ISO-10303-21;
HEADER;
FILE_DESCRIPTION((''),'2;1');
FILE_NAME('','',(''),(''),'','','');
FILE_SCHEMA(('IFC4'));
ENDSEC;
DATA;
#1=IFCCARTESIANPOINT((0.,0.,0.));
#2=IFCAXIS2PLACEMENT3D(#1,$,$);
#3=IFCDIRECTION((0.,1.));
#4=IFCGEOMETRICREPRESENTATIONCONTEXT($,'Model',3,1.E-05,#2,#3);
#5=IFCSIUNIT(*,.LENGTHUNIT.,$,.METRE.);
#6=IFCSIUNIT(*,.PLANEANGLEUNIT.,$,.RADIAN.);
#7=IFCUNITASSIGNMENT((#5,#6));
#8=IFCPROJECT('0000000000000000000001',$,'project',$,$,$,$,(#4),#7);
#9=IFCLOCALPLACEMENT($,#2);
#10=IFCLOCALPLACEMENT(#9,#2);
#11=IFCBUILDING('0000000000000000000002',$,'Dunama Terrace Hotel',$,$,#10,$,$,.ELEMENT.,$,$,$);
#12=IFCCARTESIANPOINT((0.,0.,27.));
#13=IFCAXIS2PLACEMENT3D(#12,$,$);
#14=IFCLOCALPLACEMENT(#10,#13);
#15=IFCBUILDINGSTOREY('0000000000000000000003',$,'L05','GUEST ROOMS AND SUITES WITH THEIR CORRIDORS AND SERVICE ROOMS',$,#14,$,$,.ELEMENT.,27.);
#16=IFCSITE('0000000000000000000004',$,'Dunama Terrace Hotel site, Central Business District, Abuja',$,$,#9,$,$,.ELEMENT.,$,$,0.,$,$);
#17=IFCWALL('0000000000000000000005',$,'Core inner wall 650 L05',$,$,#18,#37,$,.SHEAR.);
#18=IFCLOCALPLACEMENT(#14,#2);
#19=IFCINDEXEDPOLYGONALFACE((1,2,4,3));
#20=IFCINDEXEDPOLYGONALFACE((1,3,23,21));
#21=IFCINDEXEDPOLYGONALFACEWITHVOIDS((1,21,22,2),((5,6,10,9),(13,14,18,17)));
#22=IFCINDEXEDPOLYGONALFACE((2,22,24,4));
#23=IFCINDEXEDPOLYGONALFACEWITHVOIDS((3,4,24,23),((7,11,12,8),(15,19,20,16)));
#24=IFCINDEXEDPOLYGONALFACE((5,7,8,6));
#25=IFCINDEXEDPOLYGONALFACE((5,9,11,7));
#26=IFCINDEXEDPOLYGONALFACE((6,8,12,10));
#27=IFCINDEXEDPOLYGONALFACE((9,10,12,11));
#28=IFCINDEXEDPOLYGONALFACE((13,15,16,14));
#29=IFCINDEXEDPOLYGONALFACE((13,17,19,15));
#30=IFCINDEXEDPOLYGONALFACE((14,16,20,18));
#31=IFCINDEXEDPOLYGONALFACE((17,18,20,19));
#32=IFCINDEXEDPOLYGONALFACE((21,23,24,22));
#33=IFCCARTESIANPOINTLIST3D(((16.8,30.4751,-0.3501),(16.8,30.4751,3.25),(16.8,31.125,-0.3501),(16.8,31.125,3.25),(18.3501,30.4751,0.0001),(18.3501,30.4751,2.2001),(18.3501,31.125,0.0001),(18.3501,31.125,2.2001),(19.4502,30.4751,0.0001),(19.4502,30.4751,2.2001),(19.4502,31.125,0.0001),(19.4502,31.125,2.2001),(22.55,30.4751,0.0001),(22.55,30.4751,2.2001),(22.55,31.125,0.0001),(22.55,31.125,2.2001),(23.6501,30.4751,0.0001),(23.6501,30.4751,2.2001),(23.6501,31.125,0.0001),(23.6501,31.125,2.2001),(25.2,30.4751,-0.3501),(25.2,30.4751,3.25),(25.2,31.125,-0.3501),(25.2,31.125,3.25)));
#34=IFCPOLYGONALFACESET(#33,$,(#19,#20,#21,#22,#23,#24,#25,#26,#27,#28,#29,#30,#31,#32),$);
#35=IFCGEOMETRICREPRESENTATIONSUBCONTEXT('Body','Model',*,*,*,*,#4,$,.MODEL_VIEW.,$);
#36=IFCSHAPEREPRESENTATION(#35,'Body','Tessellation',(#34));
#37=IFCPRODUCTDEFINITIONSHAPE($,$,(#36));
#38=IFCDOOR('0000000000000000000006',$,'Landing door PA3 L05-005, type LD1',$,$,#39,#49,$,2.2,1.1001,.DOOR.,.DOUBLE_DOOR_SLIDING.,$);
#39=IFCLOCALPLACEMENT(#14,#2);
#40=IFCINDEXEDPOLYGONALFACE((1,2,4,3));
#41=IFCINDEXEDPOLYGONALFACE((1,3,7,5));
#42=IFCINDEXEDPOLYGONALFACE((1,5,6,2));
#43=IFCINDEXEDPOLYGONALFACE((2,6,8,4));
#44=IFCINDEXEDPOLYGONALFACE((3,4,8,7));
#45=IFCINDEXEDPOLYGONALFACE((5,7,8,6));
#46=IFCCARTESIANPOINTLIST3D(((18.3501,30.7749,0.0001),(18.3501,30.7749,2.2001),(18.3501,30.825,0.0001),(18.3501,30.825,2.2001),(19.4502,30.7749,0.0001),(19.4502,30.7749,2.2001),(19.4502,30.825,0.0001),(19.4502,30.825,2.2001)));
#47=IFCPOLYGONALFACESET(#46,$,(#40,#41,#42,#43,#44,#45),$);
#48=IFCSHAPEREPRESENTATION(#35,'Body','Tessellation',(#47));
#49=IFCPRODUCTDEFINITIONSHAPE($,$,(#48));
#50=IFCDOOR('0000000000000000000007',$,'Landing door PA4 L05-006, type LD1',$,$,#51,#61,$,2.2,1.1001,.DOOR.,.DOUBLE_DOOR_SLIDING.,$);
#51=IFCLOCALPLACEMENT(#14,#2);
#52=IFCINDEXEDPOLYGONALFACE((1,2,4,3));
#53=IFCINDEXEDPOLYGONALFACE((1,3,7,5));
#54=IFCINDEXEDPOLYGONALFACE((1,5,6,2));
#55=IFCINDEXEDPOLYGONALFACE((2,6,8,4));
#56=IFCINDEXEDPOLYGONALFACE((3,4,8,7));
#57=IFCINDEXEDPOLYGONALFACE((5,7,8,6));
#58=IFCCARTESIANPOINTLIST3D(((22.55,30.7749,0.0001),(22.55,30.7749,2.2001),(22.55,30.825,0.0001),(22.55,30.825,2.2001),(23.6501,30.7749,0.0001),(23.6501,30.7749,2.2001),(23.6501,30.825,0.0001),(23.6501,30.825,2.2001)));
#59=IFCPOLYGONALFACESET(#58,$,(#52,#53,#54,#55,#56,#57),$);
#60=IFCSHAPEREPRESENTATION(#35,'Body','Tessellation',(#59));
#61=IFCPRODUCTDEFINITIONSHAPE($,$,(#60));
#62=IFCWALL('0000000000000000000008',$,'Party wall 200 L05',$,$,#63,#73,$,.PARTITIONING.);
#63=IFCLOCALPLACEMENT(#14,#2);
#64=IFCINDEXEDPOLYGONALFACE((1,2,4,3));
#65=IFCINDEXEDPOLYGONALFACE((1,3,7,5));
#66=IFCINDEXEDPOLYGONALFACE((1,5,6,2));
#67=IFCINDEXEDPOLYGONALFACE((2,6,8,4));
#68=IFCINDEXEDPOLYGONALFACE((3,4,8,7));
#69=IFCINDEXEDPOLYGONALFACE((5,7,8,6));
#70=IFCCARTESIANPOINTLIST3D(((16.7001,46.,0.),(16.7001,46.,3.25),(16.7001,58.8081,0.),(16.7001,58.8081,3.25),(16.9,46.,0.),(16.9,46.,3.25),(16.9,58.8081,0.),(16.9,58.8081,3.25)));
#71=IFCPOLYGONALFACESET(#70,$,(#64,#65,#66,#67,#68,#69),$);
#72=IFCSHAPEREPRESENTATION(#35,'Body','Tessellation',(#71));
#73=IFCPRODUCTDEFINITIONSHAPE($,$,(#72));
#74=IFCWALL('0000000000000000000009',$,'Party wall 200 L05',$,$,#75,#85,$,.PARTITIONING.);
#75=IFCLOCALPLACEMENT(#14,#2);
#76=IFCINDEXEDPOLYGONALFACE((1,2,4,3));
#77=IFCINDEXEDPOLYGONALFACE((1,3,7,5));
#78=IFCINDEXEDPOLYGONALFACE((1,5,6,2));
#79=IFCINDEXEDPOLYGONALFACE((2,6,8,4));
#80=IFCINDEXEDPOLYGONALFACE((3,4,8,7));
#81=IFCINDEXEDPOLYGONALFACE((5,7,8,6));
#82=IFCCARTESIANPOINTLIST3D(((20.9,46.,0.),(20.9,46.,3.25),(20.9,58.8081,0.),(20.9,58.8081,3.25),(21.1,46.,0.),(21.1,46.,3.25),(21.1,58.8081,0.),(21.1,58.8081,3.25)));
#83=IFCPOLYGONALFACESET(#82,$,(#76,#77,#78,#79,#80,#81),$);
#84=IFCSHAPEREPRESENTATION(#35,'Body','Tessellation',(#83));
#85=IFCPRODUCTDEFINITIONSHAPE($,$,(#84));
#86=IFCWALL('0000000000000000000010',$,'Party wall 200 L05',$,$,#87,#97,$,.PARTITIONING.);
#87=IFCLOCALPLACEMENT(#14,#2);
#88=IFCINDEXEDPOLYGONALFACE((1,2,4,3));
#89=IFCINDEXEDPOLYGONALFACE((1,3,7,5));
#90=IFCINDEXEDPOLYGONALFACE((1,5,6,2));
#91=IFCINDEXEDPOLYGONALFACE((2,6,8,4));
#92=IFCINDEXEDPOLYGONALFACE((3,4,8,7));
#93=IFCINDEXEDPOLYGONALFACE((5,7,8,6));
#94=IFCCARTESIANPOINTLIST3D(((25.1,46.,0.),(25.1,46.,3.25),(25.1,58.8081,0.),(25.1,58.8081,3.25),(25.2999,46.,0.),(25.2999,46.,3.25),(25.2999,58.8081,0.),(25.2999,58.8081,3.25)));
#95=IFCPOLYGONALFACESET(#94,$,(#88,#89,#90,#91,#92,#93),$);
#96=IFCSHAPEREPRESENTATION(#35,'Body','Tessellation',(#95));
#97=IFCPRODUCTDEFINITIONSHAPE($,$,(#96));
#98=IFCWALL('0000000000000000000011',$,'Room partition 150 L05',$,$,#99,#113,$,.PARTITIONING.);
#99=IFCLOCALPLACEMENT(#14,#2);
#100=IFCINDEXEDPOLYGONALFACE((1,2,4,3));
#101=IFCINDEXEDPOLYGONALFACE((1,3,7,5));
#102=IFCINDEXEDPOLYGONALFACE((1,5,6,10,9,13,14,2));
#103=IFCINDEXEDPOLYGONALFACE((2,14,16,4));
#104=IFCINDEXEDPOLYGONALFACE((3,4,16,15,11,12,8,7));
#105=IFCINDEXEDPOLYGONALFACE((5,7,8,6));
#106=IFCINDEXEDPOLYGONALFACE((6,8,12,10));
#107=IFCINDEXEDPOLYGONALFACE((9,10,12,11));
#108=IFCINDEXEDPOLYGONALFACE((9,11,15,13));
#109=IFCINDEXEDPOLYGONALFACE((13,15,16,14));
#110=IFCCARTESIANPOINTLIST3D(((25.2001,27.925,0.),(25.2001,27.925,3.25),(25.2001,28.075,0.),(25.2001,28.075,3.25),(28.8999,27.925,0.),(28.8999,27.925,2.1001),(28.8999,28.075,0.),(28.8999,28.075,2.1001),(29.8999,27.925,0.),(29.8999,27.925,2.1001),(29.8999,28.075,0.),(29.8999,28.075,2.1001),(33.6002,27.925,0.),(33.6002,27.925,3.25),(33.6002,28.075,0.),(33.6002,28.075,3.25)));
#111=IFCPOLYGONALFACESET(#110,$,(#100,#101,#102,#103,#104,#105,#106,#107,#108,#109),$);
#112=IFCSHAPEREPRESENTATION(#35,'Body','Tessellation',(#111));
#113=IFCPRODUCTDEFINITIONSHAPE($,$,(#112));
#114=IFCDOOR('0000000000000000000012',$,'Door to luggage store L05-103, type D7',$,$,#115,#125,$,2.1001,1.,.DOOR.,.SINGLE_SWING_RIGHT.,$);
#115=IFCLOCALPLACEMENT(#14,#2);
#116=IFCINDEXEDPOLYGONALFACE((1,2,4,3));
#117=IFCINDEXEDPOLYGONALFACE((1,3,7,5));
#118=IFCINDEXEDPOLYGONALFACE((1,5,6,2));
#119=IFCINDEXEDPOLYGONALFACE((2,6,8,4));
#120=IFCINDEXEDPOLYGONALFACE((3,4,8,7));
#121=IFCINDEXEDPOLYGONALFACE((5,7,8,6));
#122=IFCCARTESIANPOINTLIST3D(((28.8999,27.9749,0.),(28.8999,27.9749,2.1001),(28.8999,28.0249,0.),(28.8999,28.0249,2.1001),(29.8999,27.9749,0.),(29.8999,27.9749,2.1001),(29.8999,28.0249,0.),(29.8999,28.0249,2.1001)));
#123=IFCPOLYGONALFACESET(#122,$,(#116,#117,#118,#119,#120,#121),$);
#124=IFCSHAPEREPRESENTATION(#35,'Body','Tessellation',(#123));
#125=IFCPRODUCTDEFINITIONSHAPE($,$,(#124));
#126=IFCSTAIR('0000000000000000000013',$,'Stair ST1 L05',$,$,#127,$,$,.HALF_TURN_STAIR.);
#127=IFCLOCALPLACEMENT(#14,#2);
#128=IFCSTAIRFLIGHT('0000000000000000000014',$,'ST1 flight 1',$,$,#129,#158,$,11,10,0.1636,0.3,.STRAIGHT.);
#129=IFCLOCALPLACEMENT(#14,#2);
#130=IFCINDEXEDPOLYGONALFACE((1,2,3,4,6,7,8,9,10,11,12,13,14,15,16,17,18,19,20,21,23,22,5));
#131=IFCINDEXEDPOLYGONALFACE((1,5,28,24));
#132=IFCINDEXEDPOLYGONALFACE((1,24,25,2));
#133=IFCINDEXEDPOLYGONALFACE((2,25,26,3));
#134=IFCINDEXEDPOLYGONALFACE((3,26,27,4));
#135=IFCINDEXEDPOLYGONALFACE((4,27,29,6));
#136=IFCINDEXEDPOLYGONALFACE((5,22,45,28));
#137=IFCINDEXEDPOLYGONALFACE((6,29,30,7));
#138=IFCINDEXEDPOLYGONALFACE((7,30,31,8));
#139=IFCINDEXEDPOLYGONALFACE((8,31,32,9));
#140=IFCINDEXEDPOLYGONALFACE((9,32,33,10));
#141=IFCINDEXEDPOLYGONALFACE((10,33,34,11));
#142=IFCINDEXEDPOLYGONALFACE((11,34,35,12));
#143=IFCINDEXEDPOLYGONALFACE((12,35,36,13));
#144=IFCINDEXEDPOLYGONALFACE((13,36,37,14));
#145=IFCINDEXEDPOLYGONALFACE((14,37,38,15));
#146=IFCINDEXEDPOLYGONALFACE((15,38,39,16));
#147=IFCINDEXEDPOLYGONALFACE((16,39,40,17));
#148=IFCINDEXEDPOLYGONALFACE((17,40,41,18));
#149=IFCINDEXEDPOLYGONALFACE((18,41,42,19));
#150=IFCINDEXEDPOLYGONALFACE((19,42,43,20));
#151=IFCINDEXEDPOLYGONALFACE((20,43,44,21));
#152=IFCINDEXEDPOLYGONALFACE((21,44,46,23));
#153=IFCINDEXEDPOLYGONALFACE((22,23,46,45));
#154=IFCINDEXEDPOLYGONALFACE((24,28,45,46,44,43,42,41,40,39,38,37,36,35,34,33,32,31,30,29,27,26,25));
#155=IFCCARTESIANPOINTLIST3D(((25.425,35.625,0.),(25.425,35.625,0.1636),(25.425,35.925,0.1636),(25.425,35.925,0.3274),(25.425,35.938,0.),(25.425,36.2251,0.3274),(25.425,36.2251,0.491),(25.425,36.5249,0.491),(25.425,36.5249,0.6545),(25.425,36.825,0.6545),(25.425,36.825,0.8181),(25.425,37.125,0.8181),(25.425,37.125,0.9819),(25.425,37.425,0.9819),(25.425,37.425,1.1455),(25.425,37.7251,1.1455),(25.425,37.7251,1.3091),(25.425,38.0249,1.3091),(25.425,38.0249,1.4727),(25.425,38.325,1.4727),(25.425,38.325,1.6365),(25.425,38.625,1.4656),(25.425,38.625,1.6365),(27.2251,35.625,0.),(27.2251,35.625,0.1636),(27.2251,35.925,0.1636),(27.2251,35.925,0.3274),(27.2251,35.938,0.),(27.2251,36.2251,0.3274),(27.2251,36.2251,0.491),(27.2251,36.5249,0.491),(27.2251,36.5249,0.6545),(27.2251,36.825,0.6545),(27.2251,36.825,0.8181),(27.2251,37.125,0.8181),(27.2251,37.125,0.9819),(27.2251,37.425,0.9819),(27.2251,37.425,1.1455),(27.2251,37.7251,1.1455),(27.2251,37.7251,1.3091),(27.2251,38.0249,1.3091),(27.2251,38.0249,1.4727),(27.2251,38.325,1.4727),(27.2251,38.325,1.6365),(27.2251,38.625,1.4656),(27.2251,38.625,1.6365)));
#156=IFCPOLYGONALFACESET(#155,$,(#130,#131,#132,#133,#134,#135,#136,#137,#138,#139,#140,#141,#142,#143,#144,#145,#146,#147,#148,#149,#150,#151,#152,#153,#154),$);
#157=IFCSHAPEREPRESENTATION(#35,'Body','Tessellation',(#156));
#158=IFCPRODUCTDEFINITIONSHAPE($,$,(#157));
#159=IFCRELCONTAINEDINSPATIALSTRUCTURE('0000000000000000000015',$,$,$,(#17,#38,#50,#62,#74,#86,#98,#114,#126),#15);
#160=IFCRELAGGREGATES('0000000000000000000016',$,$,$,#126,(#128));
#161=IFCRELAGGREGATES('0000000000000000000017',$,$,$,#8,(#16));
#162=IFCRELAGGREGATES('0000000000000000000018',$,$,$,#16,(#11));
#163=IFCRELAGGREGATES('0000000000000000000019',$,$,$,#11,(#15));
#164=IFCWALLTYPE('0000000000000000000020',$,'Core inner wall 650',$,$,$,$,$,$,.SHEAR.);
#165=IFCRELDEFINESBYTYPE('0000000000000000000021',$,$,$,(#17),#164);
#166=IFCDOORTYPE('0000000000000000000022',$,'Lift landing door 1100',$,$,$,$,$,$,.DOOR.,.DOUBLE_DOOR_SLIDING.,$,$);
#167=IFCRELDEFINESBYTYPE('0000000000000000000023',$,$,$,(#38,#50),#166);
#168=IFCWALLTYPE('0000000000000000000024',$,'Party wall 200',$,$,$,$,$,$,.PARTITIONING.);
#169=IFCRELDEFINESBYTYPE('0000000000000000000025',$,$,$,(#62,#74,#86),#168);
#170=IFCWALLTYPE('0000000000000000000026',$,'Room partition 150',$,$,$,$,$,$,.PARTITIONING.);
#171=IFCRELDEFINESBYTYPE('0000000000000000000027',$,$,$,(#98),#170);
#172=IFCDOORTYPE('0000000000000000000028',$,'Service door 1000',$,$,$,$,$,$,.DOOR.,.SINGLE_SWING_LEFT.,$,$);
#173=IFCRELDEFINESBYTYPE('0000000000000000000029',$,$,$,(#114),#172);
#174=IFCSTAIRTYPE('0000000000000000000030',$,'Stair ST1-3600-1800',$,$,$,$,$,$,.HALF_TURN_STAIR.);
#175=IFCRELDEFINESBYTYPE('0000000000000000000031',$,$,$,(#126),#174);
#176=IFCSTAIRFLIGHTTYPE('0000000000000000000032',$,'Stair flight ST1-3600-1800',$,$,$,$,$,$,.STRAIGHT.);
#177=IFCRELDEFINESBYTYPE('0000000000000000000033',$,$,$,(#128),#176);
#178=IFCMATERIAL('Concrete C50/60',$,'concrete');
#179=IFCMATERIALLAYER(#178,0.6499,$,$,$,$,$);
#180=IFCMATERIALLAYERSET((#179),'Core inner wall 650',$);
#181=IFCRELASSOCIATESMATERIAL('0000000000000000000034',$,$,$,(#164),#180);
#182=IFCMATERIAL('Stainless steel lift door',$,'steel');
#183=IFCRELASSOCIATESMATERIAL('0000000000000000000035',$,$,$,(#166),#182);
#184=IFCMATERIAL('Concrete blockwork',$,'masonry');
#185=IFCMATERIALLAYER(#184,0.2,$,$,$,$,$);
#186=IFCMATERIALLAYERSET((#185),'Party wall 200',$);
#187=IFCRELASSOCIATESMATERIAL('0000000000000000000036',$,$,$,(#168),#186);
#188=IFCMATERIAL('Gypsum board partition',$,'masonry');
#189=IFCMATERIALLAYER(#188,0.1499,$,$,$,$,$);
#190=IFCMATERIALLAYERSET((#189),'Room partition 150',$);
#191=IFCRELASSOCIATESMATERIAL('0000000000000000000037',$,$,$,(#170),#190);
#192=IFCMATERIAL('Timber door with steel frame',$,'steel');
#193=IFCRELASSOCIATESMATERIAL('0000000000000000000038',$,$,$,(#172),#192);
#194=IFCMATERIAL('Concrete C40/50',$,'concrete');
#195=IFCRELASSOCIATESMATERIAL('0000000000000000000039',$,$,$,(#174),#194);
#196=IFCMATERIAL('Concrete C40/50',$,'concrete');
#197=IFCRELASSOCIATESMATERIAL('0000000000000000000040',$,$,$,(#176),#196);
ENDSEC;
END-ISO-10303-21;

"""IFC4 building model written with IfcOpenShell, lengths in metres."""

from ifc_helpers import new_model, si_unit, direction, frame, frame_2d, origin, place, context, subcontext, project, spatial, polyline, rectangle, outline, extrude, material, layer, layer_set, type_object, element, fill, aggregate, save


model = new_model("IFC4")

# Units and contexts
model_context = context("Model", 3, precision=1e-05, world=origin(), true_north=direction((0.0, 1.0)))
body_context = subcontext(model_context, "Body", "Model", "MODEL_VIEW")
ifc_project = project(units=[si_unit("LENGTHUNIT", "METRE"), si_unit("PLANEANGLEUNIT", "RADIAN")], contexts=[model_context])

# Site, building, storey
site_placement = place(None, origin())
site = spatial("IfcSite", under=ifc_project, at=site_placement, Name="Dunama Terrace Hotel site, Central Business District, Abuja", CompositionType="ELEMENT", RefElevation=0.0)
building_placement = place(site_placement, origin())
building = spatial("IfcBuilding", under=site, at=building_placement, Name="Dunama Terrace Hotel", CompositionType="ELEMENT")
storey_placement = place(building_placement, frame((0.0, 0.0, 27.0)))
storey = spatial("IfcBuildingStorey", under=building, at=storey_placement, Name="L05", Description="GUEST ROOMS AND SUITES WITH THEIR CORRIDORS AND SERVICE ROOMS", CompositionType="ELEMENT", Elevation=27.0)

# Wall, openings, doors
ifc_material_1 = material(Name="Concrete C50/60", Category="concrete")
ifc_layer_1 = layer(ifc_material_1, 0.6499)
ifc_layer_set_1 = layer_set([ifc_layer_1], Name="Core inner wall 650")
wall_type_1 = type_object("IfcWallType", Name="Core inner wall 650", PredefinedType="SHEAR", material=ifc_layer_set_1)
ifc_material_2 = material(Name="Stainless steel lift door", Category="steel")
door_type_1 = type_object("IfcDoorType", Name="Lift landing door 1100", OperationType="DOUBLE_DOOR_SLIDING", PredefinedType="DOOR", material=ifc_material_2)
wall_1_placement = place(storey_placement, frame((16.8, 30.8, -0.3501), z_axis=(0.0, 0.0, 1.0), x_axis=(1.0, 0.0, 0.0)))
wall_1 = element("IfcWall", 1, at=wall_1_placement, inside=storey, type_object=wall_type_1, Name="Core inner wall 650 L05", PredefinedType="SHEAR", context=body_context, shape_type="SweptSolid", body=[
    extrude(rectangle(XDim=8.3999, YDim=0.6499, at=frame_2d((4.2, 0.0))), origin(), (0.0, 0.0, 1.0), 3.6001),
])
opening_1_placement = place(wall_1_placement, frame((1.55, 0.0, 0.3501)))
opening_1 = element("IfcOpeningElement", 2, at=opening_1_placement, cuts=wall_1, PredefinedType="OPENING", context=body_context, shape_type="SweptSolid", body=[
    extrude(rectangle(XDim=1.1001, YDim=2.2, at=frame_2d((0.55, 1.1001))), frame((0.0, 0.335, 0.0), z_axis=(0.0, -1.0, 0.0), x_axis=(1.0, 0.0, 0.0)), (0.0, 0.0, 1.0), 0.6699),
])
opening_2_placement = place(wall_1_placement, frame((5.75, 0.0, 0.3501)))
opening_2 = element("IfcOpeningElement", 3, at=opening_2_placement, cuts=wall_1, PredefinedType="OPENING", context=body_context, shape_type="SweptSolid", body=[
    extrude(rectangle(XDim=1.1001, YDim=2.2, at=frame_2d((0.55, 1.1001))), frame((0.0, 0.335, 0.0), z_axis=(0.0, -1.0, 0.0), x_axis=(1.0, 0.0, 0.0)), (0.0, 0.0, 1.0), 0.6699),
])
door_1_placement = place(opening_1_placement, origin())
door_1 = element("IfcDoor", 4, at=door_1_placement, inside=storey, type_object=door_type_1, Name="Landing door PA3 L05-005, type LD1", OperationType="DOUBLE_DOOR_SLIDING", OverallHeight=2.2, OverallWidth=1.1001, PredefinedType="DOOR", context=body_context, shape_type="SweptSolid", body=[
    extrude(rectangle(XDim=1.1001, YDim=2.2, at=frame_2d((0.55, 1.1001))), frame((0.0, 0.0249, 0.0), z_axis=(0.0, -1.0, 0.0), x_axis=(1.0, 0.0, 0.0)), (0.0, 0.0, 1.0), 0.05),
])
fill(opening_1, door_1)
door_2_placement = place(opening_2_placement, origin())
door_2 = element("IfcDoor", 5, at=door_2_placement, inside=storey, type_object=door_type_1, Name="Landing door PA4 L05-006, type LD1", OperationType="DOUBLE_DOOR_SLIDING", OverallHeight=2.2, OverallWidth=1.1001, PredefinedType="DOOR", context=body_context, shape_type="SweptSolid", body=[
    extrude(rectangle(XDim=1.1001, YDim=2.2, at=frame_2d((0.55, 1.1001))), frame((0.0, 0.0249, 0.0), z_axis=(0.0, -1.0, 0.0), x_axis=(1.0, 0.0, 0.0)), (0.0, 0.0, 1.0), 0.05),
])
fill(opening_2, door_2)

# Walls
ifc_material_3 = material(Name="Concrete blockwork", Category="masonry")
ifc_layer_2 = layer(ifc_material_3, 0.2)
ifc_layer_set_2 = layer_set([ifc_layer_2], Name="Party wall 200")
wall_type_2 = type_object("IfcWallType", Name="Party wall 200", PredefinedType="PARTITIONING", material=ifc_layer_set_2)
for number, where, z_axis, x_axis, name in (
    (6, (16.8, 46.0, 0.0), (0.0, 0.0, 1.0), (0.0, 1.0, 0.0), "Party wall 200 L05"),
    (7, (21.0, 46.0, 0.0), (0.0, 0.0, 1.0), (0.0, 1.0, 0.0), "Party wall 200 L05"),
    (8, (25.2, 46.0, 0.0), (0.0, 0.0, 1.0), (0.0, 1.0, 0.0), "Party wall 200 L05"),
):
    element("IfcWall", number, at=place(storey_placement, frame(where, z_axis=z_axis, x_axis=x_axis)), inside=storey, type_object=wall_type_2, Name=name, PredefinedType="PARTITIONING", context=body_context, shape_type="SweptSolid", body=[
        extrude(rectangle(XDim=12.8081, YDim=0.2, at=frame_2d((6.4041, 0.0))), origin(), (0.0, 0.0, 1.0), 3.25),
    ])

# Wall, opening, door
ifc_material_4 = material(Name="Gypsum board partition", Category="masonry")
ifc_layer_3 = layer(ifc_material_4, 0.1499)
ifc_layer_set_3 = layer_set([ifc_layer_3], Name="Room partition 150")
wall_type_3 = type_object("IfcWallType", Name="Room partition 150", PredefinedType="PARTITIONING", material=ifc_layer_set_3)
wall_2_placement = place(storey_placement, frame((25.2, 28.0, 0.0), z_axis=(0.0, 0.0, 1.0), x_axis=(1.0, 0.0, 0.0)))
wall_2 = element("IfcWall", 9, at=wall_2_placement, inside=storey, type_object=wall_type_3, Name="Room partition 150 L05", PredefinedType="PARTITIONING", context=body_context, shape_type="SweptSolid", body=[
    extrude(rectangle(XDim=8.4001, YDim=0.1499, at=frame_2d((4.2002, 0.0))), origin(), (0.0, 0.0, 1.0), 3.25),
])
opening_3_placement = place(wall_2_placement, frame((3.7, 0.0, 0.0)))
opening_3 = element("IfcOpeningElement", 10, at=opening_3_placement, cuts=wall_2, PredefinedType="OPENING", context=body_context, shape_type="SweptSolid", body=[
    extrude(rectangle(XDim=1.0, YDim=2.1001, at=frame_2d((0.5, 1.05))), frame((0.0, 0.085, 0.0), z_axis=(0.0, -1.0, 0.0), x_axis=(1.0, 0.0, 0.0)), (0.0, 0.0, 1.0), 0.1699),
])
ifc_material_5 = material(Name="Timber door with steel frame", Category="steel")
door_type_2 = type_object("IfcDoorType", Name="Service door 1000", OperationType="SINGLE_SWING_LEFT", PredefinedType="DOOR", material=ifc_material_5)
door_3_placement = place(opening_3_placement, frame((1.0, 0.0, 0.0), z_axis=(0.0, 0.0, 1.0), x_axis=(-1.0, 0.0, 0.0)))
door_3 = element("IfcDoor", 11, at=door_3_placement, inside=storey, type_object=door_type_2, Name="Door to luggage store L05-103, type D7", OperationType="SINGLE_SWING_RIGHT", OverallHeight=2.1001, OverallWidth=1.0, PredefinedType="DOOR", context=body_context, shape_type="SweptSolid", body=[
    extrude(rectangle(XDim=1.0, YDim=2.1001, at=frame_2d((0.5, 1.05))), frame((0.0, 0.0251, 0.0), z_axis=(0.0, -1.0, 0.0), x_axis=(1.0, 0.0, 0.0)), (0.0, 0.0, 1.0), 0.05),
])
fill(opening_3, door_3)

# Stair, stair flight
ifc_material_6 = material(Name="Concrete C40/50", Category="concrete")
stair_type = type_object("IfcStairType", Name="Stair ST1-3600-1800", PredefinedType="HALF_TURN_STAIR", material=ifc_material_6)
stair_placement = place(storey_placement, origin())
stair = element("IfcStair", 12, at=stair_placement, inside=storey, type_object=stair_type, Name="Stair ST1 L05", PredefinedType="HALF_TURN_STAIR")
ifc_material_7 = material(Name="Concrete C40/50", Category="concrete")
stair_flight_type = type_object("IfcStairFlightType", Name="Stair flight ST1-3600-1800", PredefinedType="STRAIGHT", material=ifc_material_7)
stair_flight_placement = place(storey_placement, frame((26.325, 35.625, 0.0), z_axis=(0.0, 0.0, 1.0), x_axis=(0.0, 1.0, 0.0)))
stair_flight = element("IfcStairFlight", 13, at=stair_flight_placement, type_object=stair_flight_type, Name="ST1 flight 1", NumberOfRisers=11, NumberOfTreads=10, PredefinedType="STRAIGHT", RiserHeight=0.1636, TreadLength=0.3, context=body_context, shape_type="SweptSolid", body=[
    extrude(outline(polyline([(0.0, 0.0), (0.0, 0.1636), (0.3, 0.1636), (0.3, 0.3274), (0.6001, 0.3274), (0.6001, 0.491), (0.8999, 0.491), (0.8999, 0.6545), (1.2, 0.6545), (1.2, 0.8181), (1.5, 0.8181), (1.5, 0.9819), (1.8, 0.9819), (1.8, 1.1455), (2.1001, 1.1455), (2.1001, 1.3091), (2.3999, 1.3091), (2.3999, 1.4727), (2.7, 1.4727), (2.7, 1.6365), (3.0, 1.6365), (3.0, 1.8), (3.0, 1.4656), (0.313, 0.0), (0.0, 0.0)])), frame((0.0, 0.8999, 0.0), z_axis=(0.0, -1.0, 0.0), x_axis=(1.0, 0.0, 0.0)), (0.0, 0.0, 1.0), 1.8),
])
aggregate(stair, [stair_flight])

save(model, "model.ifc")
